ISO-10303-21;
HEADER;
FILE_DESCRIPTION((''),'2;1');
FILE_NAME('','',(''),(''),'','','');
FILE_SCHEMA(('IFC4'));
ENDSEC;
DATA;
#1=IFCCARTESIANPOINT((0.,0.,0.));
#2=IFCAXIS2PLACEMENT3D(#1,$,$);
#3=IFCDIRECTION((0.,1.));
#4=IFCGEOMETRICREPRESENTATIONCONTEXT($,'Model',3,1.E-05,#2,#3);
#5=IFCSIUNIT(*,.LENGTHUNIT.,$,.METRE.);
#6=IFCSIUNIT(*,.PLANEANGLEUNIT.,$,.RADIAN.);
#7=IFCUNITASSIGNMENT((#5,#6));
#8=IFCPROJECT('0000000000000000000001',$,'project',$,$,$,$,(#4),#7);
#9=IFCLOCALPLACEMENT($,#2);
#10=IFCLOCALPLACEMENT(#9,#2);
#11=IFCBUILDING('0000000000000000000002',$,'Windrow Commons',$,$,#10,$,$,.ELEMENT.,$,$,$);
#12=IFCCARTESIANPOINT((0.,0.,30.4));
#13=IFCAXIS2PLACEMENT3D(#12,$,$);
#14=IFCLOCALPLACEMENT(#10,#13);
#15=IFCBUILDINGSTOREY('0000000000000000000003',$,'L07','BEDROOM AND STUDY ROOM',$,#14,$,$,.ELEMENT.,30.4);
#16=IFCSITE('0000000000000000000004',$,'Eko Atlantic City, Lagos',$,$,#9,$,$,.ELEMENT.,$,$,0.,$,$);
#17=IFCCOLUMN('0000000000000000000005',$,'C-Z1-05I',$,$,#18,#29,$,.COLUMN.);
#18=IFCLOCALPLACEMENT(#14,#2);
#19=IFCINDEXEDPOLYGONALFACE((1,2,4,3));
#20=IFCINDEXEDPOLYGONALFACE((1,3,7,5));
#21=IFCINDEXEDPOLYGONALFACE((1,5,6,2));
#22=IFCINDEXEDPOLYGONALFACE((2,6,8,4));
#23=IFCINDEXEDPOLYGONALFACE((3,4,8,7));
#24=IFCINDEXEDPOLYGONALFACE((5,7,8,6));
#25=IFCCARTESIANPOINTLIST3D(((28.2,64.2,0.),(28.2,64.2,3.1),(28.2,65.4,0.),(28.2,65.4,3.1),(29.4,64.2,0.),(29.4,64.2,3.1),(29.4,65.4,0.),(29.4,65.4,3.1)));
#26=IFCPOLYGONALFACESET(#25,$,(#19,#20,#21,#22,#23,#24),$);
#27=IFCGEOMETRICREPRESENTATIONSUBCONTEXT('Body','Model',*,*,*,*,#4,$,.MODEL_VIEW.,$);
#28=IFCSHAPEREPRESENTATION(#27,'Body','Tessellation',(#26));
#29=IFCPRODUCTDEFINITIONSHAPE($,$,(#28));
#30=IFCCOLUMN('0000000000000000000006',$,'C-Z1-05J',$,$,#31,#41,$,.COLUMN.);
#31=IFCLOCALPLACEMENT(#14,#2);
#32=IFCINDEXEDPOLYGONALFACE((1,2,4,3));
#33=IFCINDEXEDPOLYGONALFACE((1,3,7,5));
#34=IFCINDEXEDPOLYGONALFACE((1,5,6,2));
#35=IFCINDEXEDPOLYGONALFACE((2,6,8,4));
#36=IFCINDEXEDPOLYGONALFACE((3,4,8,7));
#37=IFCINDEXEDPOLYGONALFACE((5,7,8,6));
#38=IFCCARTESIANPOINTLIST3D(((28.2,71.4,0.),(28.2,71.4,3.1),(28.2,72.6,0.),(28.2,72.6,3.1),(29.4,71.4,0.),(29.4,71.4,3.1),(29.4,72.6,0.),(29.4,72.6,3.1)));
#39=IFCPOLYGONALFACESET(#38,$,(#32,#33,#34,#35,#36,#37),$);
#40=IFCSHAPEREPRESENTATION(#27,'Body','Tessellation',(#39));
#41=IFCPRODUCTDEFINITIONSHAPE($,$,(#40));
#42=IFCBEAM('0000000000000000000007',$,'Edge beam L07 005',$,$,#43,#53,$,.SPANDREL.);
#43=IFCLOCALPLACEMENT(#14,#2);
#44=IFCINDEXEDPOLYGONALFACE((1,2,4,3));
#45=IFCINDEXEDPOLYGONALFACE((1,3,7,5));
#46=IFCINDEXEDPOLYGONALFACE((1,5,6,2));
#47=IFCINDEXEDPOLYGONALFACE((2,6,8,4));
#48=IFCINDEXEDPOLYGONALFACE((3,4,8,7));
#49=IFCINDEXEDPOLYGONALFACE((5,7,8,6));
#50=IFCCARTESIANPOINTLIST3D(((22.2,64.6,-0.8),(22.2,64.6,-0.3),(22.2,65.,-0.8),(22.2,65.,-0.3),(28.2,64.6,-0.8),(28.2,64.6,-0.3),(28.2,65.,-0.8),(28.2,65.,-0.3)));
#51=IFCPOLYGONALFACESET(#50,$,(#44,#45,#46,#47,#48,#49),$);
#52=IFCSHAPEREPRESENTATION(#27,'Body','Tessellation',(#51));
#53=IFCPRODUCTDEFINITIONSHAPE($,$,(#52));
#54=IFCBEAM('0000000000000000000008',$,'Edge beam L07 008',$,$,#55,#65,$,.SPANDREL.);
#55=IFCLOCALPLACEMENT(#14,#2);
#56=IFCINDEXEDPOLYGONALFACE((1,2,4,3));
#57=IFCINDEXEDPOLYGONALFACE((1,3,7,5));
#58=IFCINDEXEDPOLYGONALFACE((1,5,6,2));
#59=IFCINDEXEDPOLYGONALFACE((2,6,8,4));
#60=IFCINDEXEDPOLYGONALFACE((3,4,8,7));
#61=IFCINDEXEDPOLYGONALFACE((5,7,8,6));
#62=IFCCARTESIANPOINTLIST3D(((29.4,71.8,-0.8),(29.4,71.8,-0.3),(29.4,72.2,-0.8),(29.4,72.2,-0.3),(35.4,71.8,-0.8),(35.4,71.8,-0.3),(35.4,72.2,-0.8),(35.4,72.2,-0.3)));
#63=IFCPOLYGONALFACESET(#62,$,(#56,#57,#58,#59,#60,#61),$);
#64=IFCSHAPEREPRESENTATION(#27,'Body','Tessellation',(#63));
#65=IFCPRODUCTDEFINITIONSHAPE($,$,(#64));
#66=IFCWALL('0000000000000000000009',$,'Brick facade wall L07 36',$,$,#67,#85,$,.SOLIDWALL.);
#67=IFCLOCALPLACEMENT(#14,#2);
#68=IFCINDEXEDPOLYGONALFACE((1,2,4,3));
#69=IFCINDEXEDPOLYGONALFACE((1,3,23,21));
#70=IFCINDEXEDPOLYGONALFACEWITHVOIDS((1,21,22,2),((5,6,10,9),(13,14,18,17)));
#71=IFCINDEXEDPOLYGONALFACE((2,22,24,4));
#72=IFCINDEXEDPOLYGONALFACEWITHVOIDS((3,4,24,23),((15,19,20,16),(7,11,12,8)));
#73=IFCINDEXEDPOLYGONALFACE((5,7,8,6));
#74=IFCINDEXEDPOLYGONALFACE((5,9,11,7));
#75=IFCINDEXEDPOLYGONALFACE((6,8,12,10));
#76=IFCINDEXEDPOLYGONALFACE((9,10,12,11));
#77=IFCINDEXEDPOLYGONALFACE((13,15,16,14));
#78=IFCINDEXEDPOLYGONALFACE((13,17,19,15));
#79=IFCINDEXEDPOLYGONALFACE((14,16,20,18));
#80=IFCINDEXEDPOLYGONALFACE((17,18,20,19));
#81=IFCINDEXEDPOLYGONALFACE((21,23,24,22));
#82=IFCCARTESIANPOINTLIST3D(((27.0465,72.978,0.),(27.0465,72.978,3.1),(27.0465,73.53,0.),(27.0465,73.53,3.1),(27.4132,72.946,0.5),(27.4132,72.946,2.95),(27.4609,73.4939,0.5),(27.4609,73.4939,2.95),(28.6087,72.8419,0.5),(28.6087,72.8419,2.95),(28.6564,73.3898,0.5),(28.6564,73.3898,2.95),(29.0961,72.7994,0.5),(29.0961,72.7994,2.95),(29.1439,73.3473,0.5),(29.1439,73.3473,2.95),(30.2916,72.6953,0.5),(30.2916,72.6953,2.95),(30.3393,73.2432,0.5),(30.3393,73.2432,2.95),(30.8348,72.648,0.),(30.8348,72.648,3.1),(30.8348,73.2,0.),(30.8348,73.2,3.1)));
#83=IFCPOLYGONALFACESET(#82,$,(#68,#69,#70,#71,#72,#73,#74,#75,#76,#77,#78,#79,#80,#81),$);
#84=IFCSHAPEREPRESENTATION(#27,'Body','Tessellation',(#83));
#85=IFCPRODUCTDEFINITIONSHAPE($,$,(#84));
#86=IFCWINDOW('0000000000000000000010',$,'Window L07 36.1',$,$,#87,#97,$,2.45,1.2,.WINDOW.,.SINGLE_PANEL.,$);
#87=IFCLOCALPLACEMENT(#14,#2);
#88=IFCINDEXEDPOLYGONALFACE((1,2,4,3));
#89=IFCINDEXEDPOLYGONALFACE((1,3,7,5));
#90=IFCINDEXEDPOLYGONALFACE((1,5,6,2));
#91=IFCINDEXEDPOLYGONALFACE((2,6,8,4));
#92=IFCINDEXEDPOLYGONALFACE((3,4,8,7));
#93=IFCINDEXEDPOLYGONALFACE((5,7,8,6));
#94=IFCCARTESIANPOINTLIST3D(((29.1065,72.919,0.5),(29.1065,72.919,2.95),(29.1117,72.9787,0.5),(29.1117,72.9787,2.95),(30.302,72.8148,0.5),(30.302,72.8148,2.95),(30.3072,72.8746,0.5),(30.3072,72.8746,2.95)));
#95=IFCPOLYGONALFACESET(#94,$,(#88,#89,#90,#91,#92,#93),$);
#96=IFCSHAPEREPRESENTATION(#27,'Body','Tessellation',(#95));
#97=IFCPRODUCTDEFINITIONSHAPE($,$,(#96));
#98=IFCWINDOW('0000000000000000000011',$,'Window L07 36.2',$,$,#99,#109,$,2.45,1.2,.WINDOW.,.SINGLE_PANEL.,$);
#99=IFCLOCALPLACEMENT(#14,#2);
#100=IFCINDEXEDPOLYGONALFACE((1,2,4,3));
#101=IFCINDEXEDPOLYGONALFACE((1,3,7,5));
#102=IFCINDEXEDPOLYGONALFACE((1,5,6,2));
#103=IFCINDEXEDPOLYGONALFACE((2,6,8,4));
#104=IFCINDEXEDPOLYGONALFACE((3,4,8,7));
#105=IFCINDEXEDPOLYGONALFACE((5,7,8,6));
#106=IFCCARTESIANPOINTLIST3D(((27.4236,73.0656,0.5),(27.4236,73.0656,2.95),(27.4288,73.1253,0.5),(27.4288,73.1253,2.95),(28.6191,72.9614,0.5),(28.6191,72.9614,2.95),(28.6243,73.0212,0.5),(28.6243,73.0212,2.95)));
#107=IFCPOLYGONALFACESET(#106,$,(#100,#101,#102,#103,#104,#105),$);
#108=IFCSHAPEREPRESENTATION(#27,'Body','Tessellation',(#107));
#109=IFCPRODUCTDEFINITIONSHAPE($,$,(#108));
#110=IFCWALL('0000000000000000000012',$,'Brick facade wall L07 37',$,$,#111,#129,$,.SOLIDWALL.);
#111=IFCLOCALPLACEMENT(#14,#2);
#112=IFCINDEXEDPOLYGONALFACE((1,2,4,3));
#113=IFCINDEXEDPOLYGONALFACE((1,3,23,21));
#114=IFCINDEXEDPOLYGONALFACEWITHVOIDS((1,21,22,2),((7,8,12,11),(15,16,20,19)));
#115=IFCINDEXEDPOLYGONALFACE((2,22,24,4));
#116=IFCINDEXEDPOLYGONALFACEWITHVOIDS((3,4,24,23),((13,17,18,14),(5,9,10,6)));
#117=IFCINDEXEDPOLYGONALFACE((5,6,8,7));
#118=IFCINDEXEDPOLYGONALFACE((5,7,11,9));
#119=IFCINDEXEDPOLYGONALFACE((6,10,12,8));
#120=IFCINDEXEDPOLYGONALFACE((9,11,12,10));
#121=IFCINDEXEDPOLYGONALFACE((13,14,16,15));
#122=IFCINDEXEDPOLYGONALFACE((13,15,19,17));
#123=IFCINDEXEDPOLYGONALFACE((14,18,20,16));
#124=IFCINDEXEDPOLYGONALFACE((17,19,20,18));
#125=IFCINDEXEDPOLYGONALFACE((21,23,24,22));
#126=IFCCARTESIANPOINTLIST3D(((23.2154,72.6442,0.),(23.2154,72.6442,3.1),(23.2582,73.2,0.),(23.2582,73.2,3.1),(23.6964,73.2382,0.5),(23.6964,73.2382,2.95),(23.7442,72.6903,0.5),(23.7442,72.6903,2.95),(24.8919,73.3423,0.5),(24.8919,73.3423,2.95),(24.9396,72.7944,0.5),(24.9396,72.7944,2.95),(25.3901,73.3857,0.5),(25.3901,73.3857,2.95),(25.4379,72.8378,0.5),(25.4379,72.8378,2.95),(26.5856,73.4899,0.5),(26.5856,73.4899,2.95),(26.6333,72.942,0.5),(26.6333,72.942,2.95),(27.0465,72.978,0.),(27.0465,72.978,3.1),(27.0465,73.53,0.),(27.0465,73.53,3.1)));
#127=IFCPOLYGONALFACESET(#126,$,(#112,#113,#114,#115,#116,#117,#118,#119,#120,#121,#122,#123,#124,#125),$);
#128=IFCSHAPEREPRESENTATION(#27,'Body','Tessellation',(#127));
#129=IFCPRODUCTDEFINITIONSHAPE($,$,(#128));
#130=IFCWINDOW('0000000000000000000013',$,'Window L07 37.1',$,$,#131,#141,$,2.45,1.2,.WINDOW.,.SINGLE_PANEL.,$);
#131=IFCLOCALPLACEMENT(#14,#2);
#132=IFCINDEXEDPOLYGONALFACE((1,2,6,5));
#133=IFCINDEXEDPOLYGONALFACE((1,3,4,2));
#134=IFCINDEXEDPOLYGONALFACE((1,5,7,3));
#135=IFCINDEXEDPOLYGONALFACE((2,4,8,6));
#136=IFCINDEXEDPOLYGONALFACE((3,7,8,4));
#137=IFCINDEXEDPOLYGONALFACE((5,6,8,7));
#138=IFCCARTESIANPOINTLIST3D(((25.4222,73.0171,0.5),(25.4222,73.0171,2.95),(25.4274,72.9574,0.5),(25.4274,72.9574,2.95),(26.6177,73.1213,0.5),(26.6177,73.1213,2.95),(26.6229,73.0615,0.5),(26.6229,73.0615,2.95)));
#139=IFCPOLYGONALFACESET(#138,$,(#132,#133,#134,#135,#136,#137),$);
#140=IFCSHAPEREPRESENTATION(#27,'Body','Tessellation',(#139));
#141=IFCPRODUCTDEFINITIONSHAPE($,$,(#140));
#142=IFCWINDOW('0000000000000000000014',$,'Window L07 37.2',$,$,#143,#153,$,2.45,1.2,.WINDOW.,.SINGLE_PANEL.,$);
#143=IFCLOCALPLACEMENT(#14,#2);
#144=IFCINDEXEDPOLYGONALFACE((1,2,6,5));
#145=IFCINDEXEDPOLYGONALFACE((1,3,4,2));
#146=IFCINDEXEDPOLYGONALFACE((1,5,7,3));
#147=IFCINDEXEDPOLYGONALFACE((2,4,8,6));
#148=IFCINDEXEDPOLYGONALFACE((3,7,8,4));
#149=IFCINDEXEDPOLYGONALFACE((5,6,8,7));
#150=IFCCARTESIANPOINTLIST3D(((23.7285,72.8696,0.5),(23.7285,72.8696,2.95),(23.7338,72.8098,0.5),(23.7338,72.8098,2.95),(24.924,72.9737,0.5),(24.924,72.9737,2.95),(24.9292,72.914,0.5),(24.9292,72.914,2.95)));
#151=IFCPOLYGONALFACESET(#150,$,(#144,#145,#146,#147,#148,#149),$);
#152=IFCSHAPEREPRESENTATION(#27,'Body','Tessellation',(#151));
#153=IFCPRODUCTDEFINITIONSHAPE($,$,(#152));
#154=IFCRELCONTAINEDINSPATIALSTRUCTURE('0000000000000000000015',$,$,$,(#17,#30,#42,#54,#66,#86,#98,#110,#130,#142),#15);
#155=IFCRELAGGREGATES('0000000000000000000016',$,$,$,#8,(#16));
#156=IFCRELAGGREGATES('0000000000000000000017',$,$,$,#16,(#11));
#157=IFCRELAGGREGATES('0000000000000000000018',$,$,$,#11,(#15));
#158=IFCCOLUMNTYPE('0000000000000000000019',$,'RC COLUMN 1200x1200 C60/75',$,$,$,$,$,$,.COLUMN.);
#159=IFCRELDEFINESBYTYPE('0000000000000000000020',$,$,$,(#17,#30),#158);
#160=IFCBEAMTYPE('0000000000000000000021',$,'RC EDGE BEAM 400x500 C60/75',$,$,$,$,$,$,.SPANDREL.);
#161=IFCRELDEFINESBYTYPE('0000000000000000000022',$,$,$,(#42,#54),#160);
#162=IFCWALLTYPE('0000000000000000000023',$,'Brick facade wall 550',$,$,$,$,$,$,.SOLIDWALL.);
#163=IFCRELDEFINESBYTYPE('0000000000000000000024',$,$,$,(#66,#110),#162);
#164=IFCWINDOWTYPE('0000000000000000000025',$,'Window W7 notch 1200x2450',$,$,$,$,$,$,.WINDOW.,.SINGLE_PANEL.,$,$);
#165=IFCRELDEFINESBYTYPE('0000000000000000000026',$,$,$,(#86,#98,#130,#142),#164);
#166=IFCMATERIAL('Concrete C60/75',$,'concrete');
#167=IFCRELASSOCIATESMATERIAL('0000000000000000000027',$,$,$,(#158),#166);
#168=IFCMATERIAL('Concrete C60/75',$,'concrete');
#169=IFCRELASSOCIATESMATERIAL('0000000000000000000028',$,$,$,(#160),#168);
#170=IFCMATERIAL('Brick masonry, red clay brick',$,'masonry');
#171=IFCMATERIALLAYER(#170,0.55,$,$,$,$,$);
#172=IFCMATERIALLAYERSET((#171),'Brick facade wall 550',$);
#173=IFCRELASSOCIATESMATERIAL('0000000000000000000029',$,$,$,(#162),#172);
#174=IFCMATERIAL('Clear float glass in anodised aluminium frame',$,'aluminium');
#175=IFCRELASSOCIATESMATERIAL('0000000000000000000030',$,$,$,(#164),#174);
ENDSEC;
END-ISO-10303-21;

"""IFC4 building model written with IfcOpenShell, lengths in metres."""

from ifc_helpers import new_model, si_unit, direction, frame, frame_2d, origin, origin_2d, place, context, subcontext, project, spatial, polyline, rectangle, outline, extrude, material, layer, layer_set, material_profile, profile_set, type_object, element, fill, save


model = new_model("IFC4")

# Units and contexts
model_context = context("Model", 3, precision=1e-05, world=origin(), true_north=direction((0.0, 1.0)))
body_context = subcontext(model_context, "Body", "Model", "MODEL_VIEW")
ifc_project = project(units=[si_unit("LENGTHUNIT", "METRE"), si_unit("PLANEANGLEUNIT", "RADIAN")], contexts=[model_context])

# Site, building, storey
site_placement = place(None, origin())
site = spatial("IfcSite", under=ifc_project, at=site_placement, Name="Eko Atlantic City, Lagos", CompositionType="ELEMENT", RefElevation=0.0)
building_placement = place(site_placement, origin())
building = spatial("IfcBuilding", under=site, at=building_placement, Name="Windrow Commons", CompositionType="ELEMENT")
storey_placement = place(building_placement, frame((0.0, 0.0, 30.4)))
storey = spatial("IfcBuildingStorey", under=building, at=storey_placement, Name="L07", Description="BEDROOM AND STUDY ROOM", CompositionType="ELEMENT", Elevation=30.4)

# Columns
ifc_material_1 = material(Name="Concrete C60/75", Category="concrete")
ifc_material_profile_1 = material_profile(ifc_material_1, rectangle(XDim=1.2, YDim=1.2, at=origin_2d()))
ifc_profile_set_1 = profile_set([ifc_material_profile_1], Name="Concrete C60/75")
column_type = type_object("IfcColumnType", Name="RC COLUMN 1200x1200 C60/75", PredefinedType="COLUMN", material=ifc_profile_set_1)
for number, where, z_axis, x_axis, name in (
    (1, (28.8, 64.8, 0.0), (0.0, 0.0, 1.0), (1.0, 0.0, 0.0), "C-Z1-05I"),
    (2, (28.8, 72.0, 0.0), (0.0, 0.0, 1.0), (1.0, 0.0, 0.0), "C-Z1-05J"),
):
    element("IfcColumn", number, at=place(storey_placement, frame(where, z_axis=z_axis, x_axis=x_axis)), inside=storey, type_object=column_type, Name=name, PredefinedType="COLUMN", context=body_context, shape_type="SweptSolid", body=[
        extrude(rectangle(XDim=1.2, YDim=1.2, at=origin_2d()), origin(), (0.0, 0.0, 1.0), 3.1),
    ])

# Beams
ifc_material_2 = material(Name="Concrete C60/75", Category="concrete")
ifc_material_profile_2 = material_profile(ifc_material_2, rectangle(XDim=0.4, YDim=0.5, at=origin_2d()))
ifc_profile_set_2 = profile_set([ifc_material_profile_2], Name="Concrete C60/75")
beam_type = type_object("IfcBeamType", Name="RC EDGE BEAM 400x500 C60/75", PredefinedType="SPANDREL", material=ifc_profile_set_2)
for number, where, z_axis, x_axis, name in (
    (3, (28.2, 64.8, -0.55), (-1.0, 0.0, 0.0), (0.0, -1.0, 0.0), "Edge beam L07 005"),
    (4, (29.4, 72.0, -0.55), (1.0, 0.0, 0.0), (0.0, 1.0, 0.0), "Edge beam L07 008"),
):
    element("IfcBeam", number, at=place(storey_placement, frame(where, z_axis=z_axis, x_axis=x_axis)), inside=storey, type_object=beam_type, Name=name, PredefinedType="SPANDREL", context=body_context, shape_type="SweptSolid", body=[
        extrude(rectangle(XDim=0.4, YDim=0.5, at=origin_2d()), origin(), (0.0, 0.0, 1.0), 6.0),
    ])

# Walls, openings, windows
ifc_material_3 = material(Name="Brick masonry, red clay brick", Category="masonry")
ifc_layer_1 = layer(ifc_material_3, 0.55)
ifc_layer_set_1 = layer_set([ifc_layer_1], Name="Brick facade wall 550")
wall_type_1 = type_object("IfcWallType", Name="Brick facade wall 550", PredefinedType="SOLIDWALL", material=ifc_layer_set_1)
wall_1_placement = place(storey_placement, frame((30.8348, 72.924, 0.0), z_axis=(0.0, 0.0, 1.0), x_axis=(-0.996227, 0.086782, 0.0)))
wall_1 = element("IfcWall", 5, at=wall_1_placement, inside=storey, type_object=wall_type_1, Name="Brick facade wall L07 36", PredefinedType="SOLIDWALL", context=body_context, shape_type="SweptSolid", body=[
    extrude(outline(polyline([(0.024, -0.275), (3.8266, -0.275), (3.7787, 0.275), (-0.024, 0.275), (0.024, -0.275)])), origin(), (0.0, 0.0, 1.0), 3.1),
])
opening_1_placement = place(wall_1_placement, frame((0.5213, 0.0, 0.5)))
opening_1 = element("IfcOpeningElement", 6, at=opening_1_placement, cuts=wall_1, PredefinedType="OPENING", context=body_context, shape_type="SweptSolid", body=[
    extrude(rectangle(XDim=1.2, YDim=2.45, at=frame_2d((0.6, 1.225))), frame((0.0, 0.285, 0.0), z_axis=(0.0, -1.0, 0.0), x_axis=(1.0, 0.0, 0.0)), (0.0, 0.0, 1.0), 0.57),
])
opening_2_placement = place(wall_1_placement, frame((2.2106, 0.0, 0.5)))
opening_2 = element("IfcOpeningElement", 7, at=opening_2_placement, cuts=wall_1, PredefinedType="OPENING", context=body_context, shape_type="SweptSolid", body=[
    extrude(rectangle(XDim=1.2, YDim=2.45, at=frame_2d((0.6, 1.225))), frame((0.0, 0.285, 0.0), z_axis=(0.0, -1.0, 0.0), x_axis=(1.0, 0.0, 0.0)), (0.0, 0.0, 1.0), 0.57),
])
ifc_material_4 = material(Name="Clear float glass in anodised aluminium frame", Category="aluminium")
window_type_1 = type_object("IfcWindowType", Name="Window W7 notch 1200x2450", PartitioningType="SINGLE_PANEL", PredefinedType="WINDOW", material=ifc_material_4)
window_1_placement = place(opening_1_placement, origin())
window_1 = element("IfcWindow", 8, at=window_1_placement, inside=storey, type_object=window_type_1, Name="Window L07 36.1", OverallHeight=2.45, OverallWidth=1.2, PartitioningType="SINGLE_PANEL", PredefinedType="WINDOW", context=body_context, shape_type="SweptSolid", body=[
    extrude(rectangle(XDim=1.2, YDim=2.45, at=frame_2d((0.6, 1.225))), frame((0.0, 0.155, 0.0), z_axis=(0.0, -1.0, 0.0), x_axis=(1.0, 0.0, 0.0)), (0.0, 0.0, 1.0), 0.06),
])
fill(opening_1, window_1)
window_2_placement = place(opening_2_placement, origin())
window_2 = element("IfcWindow", 9, at=window_2_placement, inside=storey, type_object=window_type_1, Name="Window L07 36.2", OverallHeight=2.45, OverallWidth=1.2, PartitioningType="SINGLE_PANEL", PredefinedType="WINDOW", context=body_context, shape_type="SweptSolid", body=[
    extrude(rectangle(XDim=1.2, YDim=2.45, at=frame_2d((0.6, 1.225))), frame((0.0, 0.155, 0.0), z_axis=(0.0, -1.0, 0.0), x_axis=(1.0, 0.0, 0.0)), (0.0, 0.0, 1.0), 0.06),
])
fill(opening_2, window_2)
wall_2_placement = place(storey_placement, frame((27.0465, 73.254, 0.0), z_axis=(0.0, 0.0, 1.0), x_axis=(-0.996226, -0.086793, 0.0)))
wall_2 = element("IfcWall", 10, at=wall_2_placement, inside=storey, type_object=wall_type_1, Name="Brick facade wall L07 37", PredefinedType="SOLIDWALL", context=body_context, shape_type="SweptSolid", body=[
    extrude(outline(polyline([(-0.024, -0.275), (3.7787, -0.275), (3.8696, 0.275), (0.024, 0.275), (-0.024, -0.275)])), origin(), (0.0, 0.0, 1.0), 3.1),
])
opening_3_placement = place(wall_2_placement, frame((0.4387, 0.0, 0.5)))
opening_3 = element("IfcOpeningElement", 11, at=opening_3_placement, cuts=wall_2, PredefinedType="OPENING", context=body_context, shape_type="SweptSolid", body=[
    extrude(rectangle(XDim=1.2, YDim=2.45, at=frame_2d((0.6, 1.225))), frame((0.0, 0.285, 0.0), z_axis=(0.0, -1.0, 0.0), x_axis=(1.0, 0.0, 0.0)), (0.0, 0.0, 1.0), 0.57),
])
opening_4_placement = place(wall_2_placement, frame((2.1388, 0.0, 0.5)))
opening_4 = element("IfcOpeningElement", 12, at=opening_4_placement, cuts=wall_2, PredefinedType="OPENING", context=body_context, shape_type="SweptSolid", body=[
    extrude(rectangle(XDim=1.2, YDim=2.45, at=frame_2d((0.6, 1.225))), frame((0.0, 0.285, 0.0), z_axis=(0.0, -1.0, 0.0), x_axis=(1.0, 0.0, 0.0)), (0.0, 0.0, 1.0), 0.57),
])
window_3_placement = place(opening_3_placement, origin())
window_3 = element("IfcWindow", 13, at=window_3_placement, inside=storey, type_object=window_type_1, Name="Window L07 37.1", OverallHeight=2.45, OverallWidth=1.2, PartitioningType="SINGLE_PANEL", PredefinedType="WINDOW", context=body_context, shape_type="SweptSolid", body=[
    extrude(rectangle(XDim=1.2, YDim=2.45, at=frame_2d((0.6, 1.225))), frame((0.0, 0.155, 0.0), z_axis=(0.0, -1.0, 0.0), x_axis=(1.0, 0.0, 0.0)), (0.0, 0.0, 1.0), 0.06),
])
fill(opening_3, window_3)
window_4_placement = place(opening_4_placement, origin())
window_4 = element("IfcWindow", 14, at=window_4_placement, inside=storey, type_object=window_type_1, Name="Window L07 37.2", OverallHeight=2.45, OverallWidth=1.2, PartitioningType="SINGLE_PANEL", PredefinedType="WINDOW", context=body_context, shape_type="SweptSolid", body=[
    extrude(rectangle(XDim=1.2, YDim=2.45, at=frame_2d((0.6, 1.225))), frame((0.0, 0.155, 0.0), z_axis=(0.0, -1.0, 0.0), x_axis=(1.0, 0.0, 0.0)), (0.0, 0.0, 1.0), 0.06),
])
fill(opening_4, window_4)

save(model, "model.ifc")
